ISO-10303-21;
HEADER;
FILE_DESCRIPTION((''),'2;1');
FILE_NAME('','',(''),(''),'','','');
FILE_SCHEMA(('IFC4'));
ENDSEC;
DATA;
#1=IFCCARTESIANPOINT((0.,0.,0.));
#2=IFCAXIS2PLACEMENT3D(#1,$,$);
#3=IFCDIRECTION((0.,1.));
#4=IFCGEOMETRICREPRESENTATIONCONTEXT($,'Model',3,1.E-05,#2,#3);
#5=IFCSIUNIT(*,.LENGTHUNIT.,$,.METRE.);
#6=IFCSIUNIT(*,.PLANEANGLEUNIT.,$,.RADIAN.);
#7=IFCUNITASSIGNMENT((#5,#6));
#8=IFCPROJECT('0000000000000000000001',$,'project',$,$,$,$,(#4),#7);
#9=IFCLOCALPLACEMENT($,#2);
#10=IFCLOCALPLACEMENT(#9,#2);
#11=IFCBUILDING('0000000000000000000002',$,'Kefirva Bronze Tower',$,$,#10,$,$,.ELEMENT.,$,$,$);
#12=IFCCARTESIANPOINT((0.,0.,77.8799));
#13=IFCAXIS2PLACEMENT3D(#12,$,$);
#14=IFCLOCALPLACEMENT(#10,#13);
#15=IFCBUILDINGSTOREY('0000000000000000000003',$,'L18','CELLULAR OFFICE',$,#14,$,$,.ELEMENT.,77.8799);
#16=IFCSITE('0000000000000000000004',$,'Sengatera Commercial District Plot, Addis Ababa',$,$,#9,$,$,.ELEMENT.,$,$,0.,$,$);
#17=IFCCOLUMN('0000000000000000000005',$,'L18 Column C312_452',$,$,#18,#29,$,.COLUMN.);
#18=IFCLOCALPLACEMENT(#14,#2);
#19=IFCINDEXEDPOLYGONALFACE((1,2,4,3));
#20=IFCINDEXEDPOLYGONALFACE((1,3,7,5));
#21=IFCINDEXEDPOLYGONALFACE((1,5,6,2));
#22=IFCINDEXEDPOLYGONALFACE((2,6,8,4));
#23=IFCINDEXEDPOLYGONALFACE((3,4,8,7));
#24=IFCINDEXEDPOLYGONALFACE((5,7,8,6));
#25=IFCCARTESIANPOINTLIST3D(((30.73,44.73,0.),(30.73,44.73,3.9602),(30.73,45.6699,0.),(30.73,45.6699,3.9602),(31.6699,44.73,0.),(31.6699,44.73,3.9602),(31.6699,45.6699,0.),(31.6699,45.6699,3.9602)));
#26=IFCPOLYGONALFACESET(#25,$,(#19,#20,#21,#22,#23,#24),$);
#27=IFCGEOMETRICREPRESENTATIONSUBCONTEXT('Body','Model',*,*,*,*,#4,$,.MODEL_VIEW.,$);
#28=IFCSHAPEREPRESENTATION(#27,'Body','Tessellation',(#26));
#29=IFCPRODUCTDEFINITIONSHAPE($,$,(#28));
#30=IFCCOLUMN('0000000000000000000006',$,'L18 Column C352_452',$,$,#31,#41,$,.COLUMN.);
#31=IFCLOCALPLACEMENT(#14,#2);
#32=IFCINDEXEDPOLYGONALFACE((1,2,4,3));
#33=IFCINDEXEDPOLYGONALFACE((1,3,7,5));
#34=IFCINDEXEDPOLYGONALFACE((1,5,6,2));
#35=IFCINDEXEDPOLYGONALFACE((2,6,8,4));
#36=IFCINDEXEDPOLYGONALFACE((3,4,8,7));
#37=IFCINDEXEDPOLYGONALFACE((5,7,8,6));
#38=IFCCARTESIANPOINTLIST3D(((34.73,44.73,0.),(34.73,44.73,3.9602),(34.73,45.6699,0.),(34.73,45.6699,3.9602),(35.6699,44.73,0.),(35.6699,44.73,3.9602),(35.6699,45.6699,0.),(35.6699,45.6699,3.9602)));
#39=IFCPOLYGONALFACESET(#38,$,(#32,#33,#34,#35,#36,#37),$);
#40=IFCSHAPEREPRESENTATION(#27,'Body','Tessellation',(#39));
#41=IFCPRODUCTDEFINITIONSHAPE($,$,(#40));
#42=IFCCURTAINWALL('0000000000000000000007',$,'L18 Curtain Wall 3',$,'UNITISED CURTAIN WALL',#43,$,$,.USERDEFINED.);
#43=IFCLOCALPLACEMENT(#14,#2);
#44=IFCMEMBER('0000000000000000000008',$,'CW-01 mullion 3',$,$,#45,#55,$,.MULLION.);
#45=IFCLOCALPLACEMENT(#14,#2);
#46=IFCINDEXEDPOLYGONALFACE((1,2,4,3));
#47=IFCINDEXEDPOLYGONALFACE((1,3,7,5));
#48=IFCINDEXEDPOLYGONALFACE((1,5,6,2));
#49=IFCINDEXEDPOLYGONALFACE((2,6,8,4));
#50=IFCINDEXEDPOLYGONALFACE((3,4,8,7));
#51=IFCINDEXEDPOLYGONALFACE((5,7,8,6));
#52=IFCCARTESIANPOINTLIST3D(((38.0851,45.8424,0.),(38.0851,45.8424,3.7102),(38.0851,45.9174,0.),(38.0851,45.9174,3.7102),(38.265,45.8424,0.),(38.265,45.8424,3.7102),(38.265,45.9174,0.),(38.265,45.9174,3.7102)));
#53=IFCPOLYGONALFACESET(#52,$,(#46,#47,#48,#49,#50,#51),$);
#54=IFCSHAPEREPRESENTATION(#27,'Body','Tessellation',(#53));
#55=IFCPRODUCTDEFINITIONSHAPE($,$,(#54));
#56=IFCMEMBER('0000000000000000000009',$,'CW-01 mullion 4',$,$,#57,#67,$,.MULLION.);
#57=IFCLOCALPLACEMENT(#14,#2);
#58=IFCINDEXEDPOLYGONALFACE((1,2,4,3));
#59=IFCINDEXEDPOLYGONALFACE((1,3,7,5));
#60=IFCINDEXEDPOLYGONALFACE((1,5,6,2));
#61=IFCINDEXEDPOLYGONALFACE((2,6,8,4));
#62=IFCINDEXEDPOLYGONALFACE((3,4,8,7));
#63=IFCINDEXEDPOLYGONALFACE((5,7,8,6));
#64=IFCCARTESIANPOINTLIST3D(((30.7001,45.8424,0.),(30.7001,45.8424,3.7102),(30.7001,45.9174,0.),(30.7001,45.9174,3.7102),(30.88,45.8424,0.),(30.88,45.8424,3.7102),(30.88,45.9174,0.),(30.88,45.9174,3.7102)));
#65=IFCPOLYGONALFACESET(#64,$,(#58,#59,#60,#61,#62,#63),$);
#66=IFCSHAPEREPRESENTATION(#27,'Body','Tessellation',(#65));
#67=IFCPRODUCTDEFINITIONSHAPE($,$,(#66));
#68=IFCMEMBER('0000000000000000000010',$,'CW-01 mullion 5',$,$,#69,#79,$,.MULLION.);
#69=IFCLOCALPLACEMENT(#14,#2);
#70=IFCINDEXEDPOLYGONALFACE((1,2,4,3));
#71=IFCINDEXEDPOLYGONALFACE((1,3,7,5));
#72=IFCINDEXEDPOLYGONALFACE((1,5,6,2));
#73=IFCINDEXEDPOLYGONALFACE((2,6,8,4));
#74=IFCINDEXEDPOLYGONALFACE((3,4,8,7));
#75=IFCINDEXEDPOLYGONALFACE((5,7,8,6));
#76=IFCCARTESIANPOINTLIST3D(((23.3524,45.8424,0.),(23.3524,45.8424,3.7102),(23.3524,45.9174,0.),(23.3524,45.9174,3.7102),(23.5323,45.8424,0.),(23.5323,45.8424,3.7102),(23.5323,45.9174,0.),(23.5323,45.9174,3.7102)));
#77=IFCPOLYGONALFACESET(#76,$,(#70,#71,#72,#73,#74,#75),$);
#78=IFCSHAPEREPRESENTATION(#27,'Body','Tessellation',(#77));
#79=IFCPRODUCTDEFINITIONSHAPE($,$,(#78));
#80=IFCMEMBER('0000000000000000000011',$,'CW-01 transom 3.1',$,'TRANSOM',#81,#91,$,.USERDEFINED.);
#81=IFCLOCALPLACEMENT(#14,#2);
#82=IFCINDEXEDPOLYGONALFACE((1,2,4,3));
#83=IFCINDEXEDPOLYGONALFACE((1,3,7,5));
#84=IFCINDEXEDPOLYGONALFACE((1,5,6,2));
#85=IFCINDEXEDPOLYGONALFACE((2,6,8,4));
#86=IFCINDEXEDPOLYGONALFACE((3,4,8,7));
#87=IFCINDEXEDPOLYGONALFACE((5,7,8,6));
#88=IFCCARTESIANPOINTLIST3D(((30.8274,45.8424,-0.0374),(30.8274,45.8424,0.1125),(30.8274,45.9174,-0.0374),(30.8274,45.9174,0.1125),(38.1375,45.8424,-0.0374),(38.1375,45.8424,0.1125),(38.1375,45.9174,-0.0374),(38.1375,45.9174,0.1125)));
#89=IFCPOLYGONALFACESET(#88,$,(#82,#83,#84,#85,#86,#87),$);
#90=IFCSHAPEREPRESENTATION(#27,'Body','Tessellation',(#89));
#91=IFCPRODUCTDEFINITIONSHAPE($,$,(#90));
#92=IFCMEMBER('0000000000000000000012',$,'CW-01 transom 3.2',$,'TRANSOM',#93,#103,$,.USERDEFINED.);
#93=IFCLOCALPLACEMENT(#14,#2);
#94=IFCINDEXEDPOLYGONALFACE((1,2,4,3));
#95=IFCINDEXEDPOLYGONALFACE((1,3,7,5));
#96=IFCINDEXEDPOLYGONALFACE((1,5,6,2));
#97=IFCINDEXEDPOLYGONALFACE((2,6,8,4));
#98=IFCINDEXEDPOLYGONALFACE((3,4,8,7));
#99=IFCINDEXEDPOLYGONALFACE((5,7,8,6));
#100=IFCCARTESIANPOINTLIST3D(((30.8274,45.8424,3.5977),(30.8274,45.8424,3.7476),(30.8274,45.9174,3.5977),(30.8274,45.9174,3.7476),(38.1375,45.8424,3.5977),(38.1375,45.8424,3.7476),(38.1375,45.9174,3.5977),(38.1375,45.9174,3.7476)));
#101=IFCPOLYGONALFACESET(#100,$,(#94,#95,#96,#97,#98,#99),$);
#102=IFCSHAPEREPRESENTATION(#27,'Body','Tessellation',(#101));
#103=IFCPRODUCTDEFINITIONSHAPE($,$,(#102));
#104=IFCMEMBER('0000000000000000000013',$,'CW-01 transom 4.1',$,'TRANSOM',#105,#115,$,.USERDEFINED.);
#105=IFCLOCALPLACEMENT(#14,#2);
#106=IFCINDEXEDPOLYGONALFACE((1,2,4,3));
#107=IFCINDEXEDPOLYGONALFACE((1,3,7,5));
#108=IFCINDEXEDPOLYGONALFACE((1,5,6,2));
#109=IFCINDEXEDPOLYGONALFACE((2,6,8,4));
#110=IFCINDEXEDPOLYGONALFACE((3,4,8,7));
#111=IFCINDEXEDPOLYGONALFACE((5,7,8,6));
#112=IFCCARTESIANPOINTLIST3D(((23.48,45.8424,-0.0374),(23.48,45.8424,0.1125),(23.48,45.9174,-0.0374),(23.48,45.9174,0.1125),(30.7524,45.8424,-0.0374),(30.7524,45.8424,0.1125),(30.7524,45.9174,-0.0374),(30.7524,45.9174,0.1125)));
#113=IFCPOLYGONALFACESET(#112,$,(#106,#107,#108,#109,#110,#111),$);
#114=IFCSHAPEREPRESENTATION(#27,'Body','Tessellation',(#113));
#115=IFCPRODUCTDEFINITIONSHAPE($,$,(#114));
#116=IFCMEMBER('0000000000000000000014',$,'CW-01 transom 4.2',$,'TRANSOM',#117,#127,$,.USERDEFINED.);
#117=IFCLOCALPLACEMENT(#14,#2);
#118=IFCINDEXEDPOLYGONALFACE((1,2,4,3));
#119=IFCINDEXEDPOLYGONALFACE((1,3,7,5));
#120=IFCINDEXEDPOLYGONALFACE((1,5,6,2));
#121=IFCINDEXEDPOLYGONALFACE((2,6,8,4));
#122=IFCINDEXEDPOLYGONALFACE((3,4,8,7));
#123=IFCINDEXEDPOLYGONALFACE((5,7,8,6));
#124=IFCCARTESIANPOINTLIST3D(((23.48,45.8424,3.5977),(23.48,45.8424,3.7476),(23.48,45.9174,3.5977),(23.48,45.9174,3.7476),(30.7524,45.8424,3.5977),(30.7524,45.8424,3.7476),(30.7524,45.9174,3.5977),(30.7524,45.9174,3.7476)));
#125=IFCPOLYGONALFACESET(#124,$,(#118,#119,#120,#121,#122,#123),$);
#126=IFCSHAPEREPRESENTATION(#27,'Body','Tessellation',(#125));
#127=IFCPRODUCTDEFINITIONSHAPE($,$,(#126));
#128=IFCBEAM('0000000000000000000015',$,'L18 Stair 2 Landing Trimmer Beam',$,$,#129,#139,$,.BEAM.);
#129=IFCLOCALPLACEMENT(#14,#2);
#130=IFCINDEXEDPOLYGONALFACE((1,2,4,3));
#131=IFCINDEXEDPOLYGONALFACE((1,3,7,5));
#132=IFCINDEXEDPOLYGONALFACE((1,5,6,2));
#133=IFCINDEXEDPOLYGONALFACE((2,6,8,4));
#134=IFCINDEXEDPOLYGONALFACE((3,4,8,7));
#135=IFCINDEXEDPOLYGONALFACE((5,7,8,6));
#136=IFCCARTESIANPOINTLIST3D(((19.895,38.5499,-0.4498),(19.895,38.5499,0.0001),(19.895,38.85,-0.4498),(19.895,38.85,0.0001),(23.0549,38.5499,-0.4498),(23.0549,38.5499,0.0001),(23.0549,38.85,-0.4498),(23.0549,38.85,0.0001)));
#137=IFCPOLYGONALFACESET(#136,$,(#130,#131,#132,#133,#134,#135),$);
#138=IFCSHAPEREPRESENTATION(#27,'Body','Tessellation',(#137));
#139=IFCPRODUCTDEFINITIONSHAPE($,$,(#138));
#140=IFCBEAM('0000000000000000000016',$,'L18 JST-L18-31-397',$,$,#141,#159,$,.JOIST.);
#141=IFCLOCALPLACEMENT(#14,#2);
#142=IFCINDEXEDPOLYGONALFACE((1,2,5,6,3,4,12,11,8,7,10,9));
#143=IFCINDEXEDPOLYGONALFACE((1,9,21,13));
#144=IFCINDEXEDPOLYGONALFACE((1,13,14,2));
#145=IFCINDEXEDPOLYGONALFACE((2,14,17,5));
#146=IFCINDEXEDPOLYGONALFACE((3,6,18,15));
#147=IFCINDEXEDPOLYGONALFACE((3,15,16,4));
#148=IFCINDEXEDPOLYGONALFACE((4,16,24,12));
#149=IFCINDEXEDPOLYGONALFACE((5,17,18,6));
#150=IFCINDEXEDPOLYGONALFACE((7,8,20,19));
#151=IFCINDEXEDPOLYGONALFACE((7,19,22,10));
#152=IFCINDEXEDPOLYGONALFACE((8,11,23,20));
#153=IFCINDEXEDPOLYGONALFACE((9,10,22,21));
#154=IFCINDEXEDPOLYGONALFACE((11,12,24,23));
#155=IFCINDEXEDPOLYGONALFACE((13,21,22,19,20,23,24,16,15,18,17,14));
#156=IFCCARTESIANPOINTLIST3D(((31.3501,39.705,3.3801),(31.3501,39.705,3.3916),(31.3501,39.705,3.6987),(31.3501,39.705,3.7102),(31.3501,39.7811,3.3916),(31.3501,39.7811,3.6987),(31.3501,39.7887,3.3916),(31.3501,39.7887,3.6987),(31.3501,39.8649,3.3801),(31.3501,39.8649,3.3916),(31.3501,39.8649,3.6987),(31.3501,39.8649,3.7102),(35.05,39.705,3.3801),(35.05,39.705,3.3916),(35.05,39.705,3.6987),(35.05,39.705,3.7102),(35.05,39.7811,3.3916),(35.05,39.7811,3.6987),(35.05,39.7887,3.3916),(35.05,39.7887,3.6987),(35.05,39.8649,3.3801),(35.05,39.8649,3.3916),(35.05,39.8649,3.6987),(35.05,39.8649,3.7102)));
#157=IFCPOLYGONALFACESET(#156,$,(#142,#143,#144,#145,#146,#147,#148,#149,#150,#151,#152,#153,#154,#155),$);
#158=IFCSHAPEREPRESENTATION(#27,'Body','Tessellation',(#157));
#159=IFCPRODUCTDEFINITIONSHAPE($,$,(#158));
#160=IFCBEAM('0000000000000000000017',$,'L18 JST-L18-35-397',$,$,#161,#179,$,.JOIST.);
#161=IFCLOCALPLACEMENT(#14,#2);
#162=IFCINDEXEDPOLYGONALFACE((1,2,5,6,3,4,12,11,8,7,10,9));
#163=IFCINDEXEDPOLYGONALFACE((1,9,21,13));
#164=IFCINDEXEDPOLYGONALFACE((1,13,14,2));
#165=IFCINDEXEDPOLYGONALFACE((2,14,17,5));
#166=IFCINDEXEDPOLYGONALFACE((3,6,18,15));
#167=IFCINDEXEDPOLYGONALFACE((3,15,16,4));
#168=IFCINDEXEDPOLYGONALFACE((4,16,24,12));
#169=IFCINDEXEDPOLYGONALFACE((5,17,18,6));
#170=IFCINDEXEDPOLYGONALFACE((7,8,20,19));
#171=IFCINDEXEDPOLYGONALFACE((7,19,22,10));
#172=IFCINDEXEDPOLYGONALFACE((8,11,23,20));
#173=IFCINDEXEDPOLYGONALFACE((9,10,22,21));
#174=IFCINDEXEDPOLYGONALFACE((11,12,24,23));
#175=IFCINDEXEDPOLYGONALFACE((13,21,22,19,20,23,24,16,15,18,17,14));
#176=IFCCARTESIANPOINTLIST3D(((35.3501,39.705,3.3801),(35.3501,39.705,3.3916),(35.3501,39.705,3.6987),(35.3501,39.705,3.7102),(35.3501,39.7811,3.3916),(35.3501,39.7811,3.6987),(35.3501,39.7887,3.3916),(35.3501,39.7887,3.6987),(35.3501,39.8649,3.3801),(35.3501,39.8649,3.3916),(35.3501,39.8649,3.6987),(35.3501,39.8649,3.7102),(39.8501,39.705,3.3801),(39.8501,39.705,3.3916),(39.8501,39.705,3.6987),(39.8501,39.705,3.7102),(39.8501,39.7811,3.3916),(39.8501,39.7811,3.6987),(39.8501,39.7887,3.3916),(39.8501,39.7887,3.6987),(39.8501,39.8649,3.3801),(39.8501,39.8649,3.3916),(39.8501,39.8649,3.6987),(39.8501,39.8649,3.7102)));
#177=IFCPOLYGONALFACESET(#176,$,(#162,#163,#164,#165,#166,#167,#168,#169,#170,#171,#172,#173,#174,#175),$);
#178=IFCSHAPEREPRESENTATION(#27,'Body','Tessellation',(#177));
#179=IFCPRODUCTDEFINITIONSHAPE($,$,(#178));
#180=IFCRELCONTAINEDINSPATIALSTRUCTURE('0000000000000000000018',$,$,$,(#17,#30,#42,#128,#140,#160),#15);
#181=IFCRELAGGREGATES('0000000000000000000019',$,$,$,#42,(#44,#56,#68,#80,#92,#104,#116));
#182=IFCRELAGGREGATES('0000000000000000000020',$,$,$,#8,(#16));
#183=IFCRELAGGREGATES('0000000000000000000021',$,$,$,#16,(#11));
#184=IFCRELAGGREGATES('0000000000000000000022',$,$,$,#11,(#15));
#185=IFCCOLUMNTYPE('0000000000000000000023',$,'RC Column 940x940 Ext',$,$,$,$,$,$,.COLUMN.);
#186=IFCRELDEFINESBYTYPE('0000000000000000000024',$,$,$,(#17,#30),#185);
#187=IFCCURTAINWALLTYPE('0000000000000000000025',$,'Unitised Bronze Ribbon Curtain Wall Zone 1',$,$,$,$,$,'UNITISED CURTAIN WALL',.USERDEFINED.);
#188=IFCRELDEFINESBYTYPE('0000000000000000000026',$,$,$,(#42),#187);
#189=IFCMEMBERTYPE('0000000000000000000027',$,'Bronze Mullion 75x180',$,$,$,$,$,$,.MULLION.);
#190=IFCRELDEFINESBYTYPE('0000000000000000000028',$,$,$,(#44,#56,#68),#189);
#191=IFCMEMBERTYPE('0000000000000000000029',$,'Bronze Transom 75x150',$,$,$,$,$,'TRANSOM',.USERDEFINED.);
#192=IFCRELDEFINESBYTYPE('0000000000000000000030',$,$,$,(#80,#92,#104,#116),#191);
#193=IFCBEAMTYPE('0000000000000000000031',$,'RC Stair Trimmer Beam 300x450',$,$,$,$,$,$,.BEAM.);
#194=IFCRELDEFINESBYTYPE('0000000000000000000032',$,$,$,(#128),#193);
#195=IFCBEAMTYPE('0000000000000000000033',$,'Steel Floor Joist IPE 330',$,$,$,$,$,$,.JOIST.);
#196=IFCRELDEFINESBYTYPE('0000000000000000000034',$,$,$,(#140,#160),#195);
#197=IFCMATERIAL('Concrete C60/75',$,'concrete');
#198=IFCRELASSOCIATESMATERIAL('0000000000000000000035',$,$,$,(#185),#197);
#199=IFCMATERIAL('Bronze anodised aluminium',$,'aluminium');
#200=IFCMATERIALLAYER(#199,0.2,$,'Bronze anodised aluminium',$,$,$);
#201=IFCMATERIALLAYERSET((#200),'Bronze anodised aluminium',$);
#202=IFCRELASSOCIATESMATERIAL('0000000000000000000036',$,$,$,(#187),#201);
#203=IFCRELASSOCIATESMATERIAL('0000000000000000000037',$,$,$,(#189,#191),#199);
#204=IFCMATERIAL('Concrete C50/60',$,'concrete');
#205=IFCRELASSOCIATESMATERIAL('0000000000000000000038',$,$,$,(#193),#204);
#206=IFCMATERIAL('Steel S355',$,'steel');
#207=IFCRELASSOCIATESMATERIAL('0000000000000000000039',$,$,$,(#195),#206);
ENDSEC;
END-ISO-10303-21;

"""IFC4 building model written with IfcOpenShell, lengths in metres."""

from ifc_helpers import new_model, si_unit, direction, frame, origin, origin_2d, place, context, subcontext, project, spatial, rectangle, i_section, extrude, material, layer, layer_set, material_profile, profile_set, type_object, element, aggregate, save


model = new_model("IFC4")

# Units and contexts
model_context = context("Model", 3, precision=1e-05, world=origin(), true_north=direction((0.0, 1.0)))
body_context = subcontext(model_context, "Body", "Model", "MODEL_VIEW")
ifc_project = project(units=[si_unit("LENGTHUNIT", "METRE"), si_unit("PLANEANGLEUNIT", "RADIAN")], contexts=[model_context])

# Site, building, storey
site_placement = place(None, origin())
site = spatial("IfcSite", under=ifc_project, at=site_placement, Name="Sengatera Commercial District Plot, Addis Ababa", CompositionType="ELEMENT", RefElevation=0.0)
building_placement = place(site_placement, origin())
building = spatial("IfcBuilding", under=site, at=building_placement, Name="Kefirva Bronze Tower", CompositionType="ELEMENT")
storey_placement = place(building_placement, frame((0.0, 0.0, 77.8799)))
storey = spatial("IfcBuildingStorey", under=building, at=storey_placement, Name="L18", Description="CELLULAR OFFICE", CompositionType="ELEMENT", Elevation=77.8799)

# Columns
ifc_material_1 = material(Name="Concrete C60/75", Category="concrete")
ifc_material_profile_1 = material_profile(ifc_material_1, rectangle(XDim=0.9399, YDim=0.9399, at=origin_2d()), Name="RC 940x940")
ifc_profile_set_1 = profile_set([ifc_material_profile_1], Name="Concrete C60/75")
column_type = type_object("IfcColumnType", Name="RC Column 940x940 Ext", PredefinedType="COLUMN", material=ifc_profile_set_1)
for number, where, z_axis, x_axis, name in (
    (1, (31.2, 45.2, 0.0), (0.0, 0.0, 1.0), (1.0, 0.0, 0.0), "L18 Column C312_452"),
    (2, (35.2, 45.2, 0.0), (0.0, 0.0, 1.0), (1.0, 0.0, 0.0), "L18 Column C352_452"),
):
    element("IfcColumn", number, at=place(storey_placement, frame(where, z_axis=z_axis, x_axis=x_axis)), inside=storey, type_object=column_type, Name=name, PredefinedType="COLUMN", context=body_context, shape_type="SweptSolid", body=[
        extrude(rectangle(XDim=0.9399, YDim=0.9399, at=origin_2d()), origin(), (0.0, 0.0, 1.0), 3.9602),
    ])

# Curtain wall, members
ifc_material_2 = material(Name="Bronze anodised aluminium", Category="aluminium")
ifc_layer_1 = layer(ifc_material_2, 0.2, Name="Bronze anodised aluminium")
ifc_layer_set_1 = layer_set([ifc_layer_1], Name="Bronze anodised aluminium")
curtain_wall_type = type_object("IfcCurtainWallType", Name="Unitised Bronze Ribbon Curtain Wall Zone 1", ElementType="UNITISED CURTAIN WALL", PredefinedType="USERDEFINED", material=ifc_layer_set_1)
curtain_wall_placement = place(storey_placement, origin())
curtain_wall = element("IfcCurtainWall", 3, at=curtain_wall_placement, inside=storey, type_object=curtain_wall_type, Name="L18 Curtain Wall 3", ObjectType="UNITISED CURTAIN WALL", PredefinedType="USERDEFINED")
ifc_material_profile_2 = material_profile(ifc_material_2, rectangle(XDim=0.075, YDim=0.1799, at=origin_2d()), Name="ALU 75x180")
ifc_profile_set_2 = profile_set([ifc_material_profile_2], Name="Bronze anodised aluminium")
member_type_1 = type_object("IfcMemberType", Name="Bronze Mullion 75x180", PredefinedType="MULLION", material=ifc_profile_set_2)
member_1_placement = place(storey_placement, frame((38.175, 45.8799, 0.0), z_axis=(0.0, 0.0, 1.0), x_axis=(0.0, -1.0, 0.0)))
member_1 = element("IfcMember", 4, at=member_1_placement, type_object=member_type_1, Name="CW-01 mullion 3", PredefinedType="MULLION", context=body_context, shape_type="SweptSolid", body=[
    extrude(rectangle(XDim=0.075, YDim=0.1799, at=origin_2d()), origin(), (0.0, 0.0, 1.0), 3.7102),
])
member_2_placement = place(storey_placement, frame((30.79, 45.8799, 0.0), z_axis=(0.0, 0.0, 1.0), x_axis=(0.0, -1.0, 0.0)))
member_2 = element("IfcMember", 5, at=member_2_placement, type_object=member_type_1, Name="CW-01 mullion 4", PredefinedType="MULLION", context=body_context, shape_type="SweptSolid", body=[
    extrude(rectangle(XDim=0.075, YDim=0.1799, at=origin_2d()), origin(), (0.0, 0.0, 1.0), 3.7102),
])
member_3_placement = place(storey_placement, frame((23.4424, 45.8799, 0.0), z_axis=(0.0, 0.0, 1.0), x_axis=(0.0, -1.0, 0.0)))
member_3 = element("IfcMember", 6, at=member_3_placement, type_object=member_type_1, Name="CW-01 mullion 5", PredefinedType="MULLION", context=body_context, shape_type="SweptSolid", body=[
    extrude(rectangle(XDim=0.075, YDim=0.1799, at=origin_2d()), origin(), (0.0, 0.0, 1.0), 3.7102),
])
ifc_material_profile_3 = material_profile(ifc_material_2, rectangle(XDim=0.075, YDim=0.1499, at=origin_2d()), Name="ALU 75x150")
ifc_profile_set_3 = profile_set([ifc_material_profile_3], Name="Bronze anodised aluminium")
member_type_2 = type_object("IfcMemberType", Name="Bronze Transom 75x150", ElementType="TRANSOM", PredefinedType="USERDEFINED", material=ifc_profile_set_3)
member_4_placement = place(storey_placement, frame((38.1375, 45.8799, 0.0376), z_axis=(-1.0, 0.0, 0.0), x_axis=(0.0, -1.0, 0.0)))
member_4 = element("IfcMember", 7, at=member_4_placement, type_object=member_type_2, Name="CW-01 transom 3.1", ObjectType="TRANSOM", PredefinedType="USERDEFINED", context=body_context, shape_type="SweptSolid", body=[
    extrude(rectangle(XDim=0.075, YDim=0.1499, at=origin_2d()), origin(), (0.0, 0.0, 1.0), 7.3101),
])
member_5_placement = place(storey_placement, frame((38.1375, 45.8799, 3.6726), z_axis=(-1.0, 0.0, 0.0), x_axis=(0.0, -1.0, 0.0)))
member_5 = element("IfcMember", 8, at=member_5_placement, type_object=member_type_2, Name="CW-01 transom 3.2", ObjectType="TRANSOM", PredefinedType="USERDEFINED", context=body_context, shape_type="SweptSolid", body=[
    extrude(rectangle(XDim=0.075, YDim=0.1499, at=origin_2d()), origin(), (0.0, 0.0, 1.0), 7.3101),
])
member_6_placement = place(storey_placement, frame((30.7524, 45.8799, 0.0376), z_axis=(-1.0, 0.0, 0.0), x_axis=(0.0, -1.0, 0.0)))
member_6 = element("IfcMember", 9, at=member_6_placement, type_object=member_type_2, Name="CW-01 transom 4.1", ObjectType="TRANSOM", PredefinedType="USERDEFINED", context=body_context, shape_type="SweptSolid", body=[
    extrude(rectangle(XDim=0.075, YDim=0.1499, at=origin_2d()), origin(), (0.0, 0.0, 1.0), 7.2725),
])
member_7_placement = place(storey_placement, frame((30.7524, 45.8799, 3.6726), z_axis=(-1.0, 0.0, 0.0), x_axis=(0.0, -1.0, 0.0)))
member_7 = element("IfcMember", 10, at=member_7_placement, type_object=member_type_2, Name="CW-01 transom 4.2", ObjectType="TRANSOM", PredefinedType="USERDEFINED", context=body_context, shape_type="SweptSolid", body=[
    extrude(rectangle(XDim=0.075, YDim=0.1499, at=origin_2d()), origin(), (0.0, 0.0, 1.0), 7.2725),
])

# Beams
ifc_material_3 = material(Name="Concrete C50/60", Category="concrete")
ifc_material_profile_4 = material_profile(ifc_material_3, rectangle(XDim=0.3, YDim=0.45, at=origin_2d()), Name="RC 300x450")
ifc_profile_set_4 = profile_set([ifc_material_profile_4], Name="Concrete C50/60")
beam_type_1 = type_object("IfcBeamType", Name="RC Stair Trimmer Beam 300x450", PredefinedType="BEAM", material=ifc_profile_set_4)
beam_1_placement = place(storey_placement, frame((19.895, 38.7, -0.2249), z_axis=(1.0, 0.0, 0.0), x_axis=(0.0, 1.0, 0.0)))
element("IfcBeam", 11, at=beam_1_placement, inside=storey, type_object=beam_type_1, Name="L18 Stair 2 Landing Trimmer Beam", PredefinedType="BEAM", context=body_context, shape_type="SweptSolid", body=[
    extrude(rectangle(XDim=0.3, YDim=0.45, at=origin_2d()), origin(), (0.0, 0.0, 1.0), 3.1599),
])
ifc_material_4 = material(Name="Steel S355", Category="steel")
ifc_material_profile_5 = material_profile(ifc_material_4, i_section(OverallWidth=0.1599, OverallDepth=0.3301, WebThickness=0.0076, FlangeThickness=0.0115, at=origin_2d()), Name="IPE 330")
ifc_profile_set_5 = profile_set([ifc_material_profile_5], Name="Steel S355")
beam_type_2 = type_object("IfcBeamType", Name="Steel Floor Joist IPE 330", PredefinedType="JOIST", material=ifc_profile_set_5)
beam_2_placement = place(storey_placement, frame((31.3501, 39.7849, 3.5452), z_axis=(1.0, 0.0, 0.0), x_axis=(0.0, 1.0, 0.0)))
element("IfcBeam", 12, at=beam_2_placement, inside=storey, type_object=beam_type_2, Name="L18 JST-L18-31-397", PredefinedType="JOIST", context=body_context, shape_type="SweptSolid", body=[
    extrude(i_section(OverallWidth=0.1599, OverallDepth=0.3301, WebThickness=0.0076, FlangeThickness=0.0115, at=origin_2d()), origin(), (0.0, 0.0, 1.0), 3.7),
])
beam_3_placement = place(storey_placement, frame((35.3501, 39.7849, 3.5452), z_axis=(1.0, 0.0, 0.0), x_axis=(0.0, 1.0, 0.0)))
element("IfcBeam", 13, at=beam_3_placement, inside=storey, type_object=beam_type_2, Name="L18 JST-L18-35-397", PredefinedType="JOIST", context=body_context, shape_type="SweptSolid", body=[
    extrude(i_section(OverallWidth=0.1599, OverallDepth=0.3301, WebThickness=0.0076, FlangeThickness=0.0115, at=origin_2d()), origin(), (0.0, 0.0, 1.0), 4.5),
])

aggregate(curtain_wall, [member_1, member_2, member_3, member_4, member_5, member_6, member_7])

save(model, "model.ifc")
